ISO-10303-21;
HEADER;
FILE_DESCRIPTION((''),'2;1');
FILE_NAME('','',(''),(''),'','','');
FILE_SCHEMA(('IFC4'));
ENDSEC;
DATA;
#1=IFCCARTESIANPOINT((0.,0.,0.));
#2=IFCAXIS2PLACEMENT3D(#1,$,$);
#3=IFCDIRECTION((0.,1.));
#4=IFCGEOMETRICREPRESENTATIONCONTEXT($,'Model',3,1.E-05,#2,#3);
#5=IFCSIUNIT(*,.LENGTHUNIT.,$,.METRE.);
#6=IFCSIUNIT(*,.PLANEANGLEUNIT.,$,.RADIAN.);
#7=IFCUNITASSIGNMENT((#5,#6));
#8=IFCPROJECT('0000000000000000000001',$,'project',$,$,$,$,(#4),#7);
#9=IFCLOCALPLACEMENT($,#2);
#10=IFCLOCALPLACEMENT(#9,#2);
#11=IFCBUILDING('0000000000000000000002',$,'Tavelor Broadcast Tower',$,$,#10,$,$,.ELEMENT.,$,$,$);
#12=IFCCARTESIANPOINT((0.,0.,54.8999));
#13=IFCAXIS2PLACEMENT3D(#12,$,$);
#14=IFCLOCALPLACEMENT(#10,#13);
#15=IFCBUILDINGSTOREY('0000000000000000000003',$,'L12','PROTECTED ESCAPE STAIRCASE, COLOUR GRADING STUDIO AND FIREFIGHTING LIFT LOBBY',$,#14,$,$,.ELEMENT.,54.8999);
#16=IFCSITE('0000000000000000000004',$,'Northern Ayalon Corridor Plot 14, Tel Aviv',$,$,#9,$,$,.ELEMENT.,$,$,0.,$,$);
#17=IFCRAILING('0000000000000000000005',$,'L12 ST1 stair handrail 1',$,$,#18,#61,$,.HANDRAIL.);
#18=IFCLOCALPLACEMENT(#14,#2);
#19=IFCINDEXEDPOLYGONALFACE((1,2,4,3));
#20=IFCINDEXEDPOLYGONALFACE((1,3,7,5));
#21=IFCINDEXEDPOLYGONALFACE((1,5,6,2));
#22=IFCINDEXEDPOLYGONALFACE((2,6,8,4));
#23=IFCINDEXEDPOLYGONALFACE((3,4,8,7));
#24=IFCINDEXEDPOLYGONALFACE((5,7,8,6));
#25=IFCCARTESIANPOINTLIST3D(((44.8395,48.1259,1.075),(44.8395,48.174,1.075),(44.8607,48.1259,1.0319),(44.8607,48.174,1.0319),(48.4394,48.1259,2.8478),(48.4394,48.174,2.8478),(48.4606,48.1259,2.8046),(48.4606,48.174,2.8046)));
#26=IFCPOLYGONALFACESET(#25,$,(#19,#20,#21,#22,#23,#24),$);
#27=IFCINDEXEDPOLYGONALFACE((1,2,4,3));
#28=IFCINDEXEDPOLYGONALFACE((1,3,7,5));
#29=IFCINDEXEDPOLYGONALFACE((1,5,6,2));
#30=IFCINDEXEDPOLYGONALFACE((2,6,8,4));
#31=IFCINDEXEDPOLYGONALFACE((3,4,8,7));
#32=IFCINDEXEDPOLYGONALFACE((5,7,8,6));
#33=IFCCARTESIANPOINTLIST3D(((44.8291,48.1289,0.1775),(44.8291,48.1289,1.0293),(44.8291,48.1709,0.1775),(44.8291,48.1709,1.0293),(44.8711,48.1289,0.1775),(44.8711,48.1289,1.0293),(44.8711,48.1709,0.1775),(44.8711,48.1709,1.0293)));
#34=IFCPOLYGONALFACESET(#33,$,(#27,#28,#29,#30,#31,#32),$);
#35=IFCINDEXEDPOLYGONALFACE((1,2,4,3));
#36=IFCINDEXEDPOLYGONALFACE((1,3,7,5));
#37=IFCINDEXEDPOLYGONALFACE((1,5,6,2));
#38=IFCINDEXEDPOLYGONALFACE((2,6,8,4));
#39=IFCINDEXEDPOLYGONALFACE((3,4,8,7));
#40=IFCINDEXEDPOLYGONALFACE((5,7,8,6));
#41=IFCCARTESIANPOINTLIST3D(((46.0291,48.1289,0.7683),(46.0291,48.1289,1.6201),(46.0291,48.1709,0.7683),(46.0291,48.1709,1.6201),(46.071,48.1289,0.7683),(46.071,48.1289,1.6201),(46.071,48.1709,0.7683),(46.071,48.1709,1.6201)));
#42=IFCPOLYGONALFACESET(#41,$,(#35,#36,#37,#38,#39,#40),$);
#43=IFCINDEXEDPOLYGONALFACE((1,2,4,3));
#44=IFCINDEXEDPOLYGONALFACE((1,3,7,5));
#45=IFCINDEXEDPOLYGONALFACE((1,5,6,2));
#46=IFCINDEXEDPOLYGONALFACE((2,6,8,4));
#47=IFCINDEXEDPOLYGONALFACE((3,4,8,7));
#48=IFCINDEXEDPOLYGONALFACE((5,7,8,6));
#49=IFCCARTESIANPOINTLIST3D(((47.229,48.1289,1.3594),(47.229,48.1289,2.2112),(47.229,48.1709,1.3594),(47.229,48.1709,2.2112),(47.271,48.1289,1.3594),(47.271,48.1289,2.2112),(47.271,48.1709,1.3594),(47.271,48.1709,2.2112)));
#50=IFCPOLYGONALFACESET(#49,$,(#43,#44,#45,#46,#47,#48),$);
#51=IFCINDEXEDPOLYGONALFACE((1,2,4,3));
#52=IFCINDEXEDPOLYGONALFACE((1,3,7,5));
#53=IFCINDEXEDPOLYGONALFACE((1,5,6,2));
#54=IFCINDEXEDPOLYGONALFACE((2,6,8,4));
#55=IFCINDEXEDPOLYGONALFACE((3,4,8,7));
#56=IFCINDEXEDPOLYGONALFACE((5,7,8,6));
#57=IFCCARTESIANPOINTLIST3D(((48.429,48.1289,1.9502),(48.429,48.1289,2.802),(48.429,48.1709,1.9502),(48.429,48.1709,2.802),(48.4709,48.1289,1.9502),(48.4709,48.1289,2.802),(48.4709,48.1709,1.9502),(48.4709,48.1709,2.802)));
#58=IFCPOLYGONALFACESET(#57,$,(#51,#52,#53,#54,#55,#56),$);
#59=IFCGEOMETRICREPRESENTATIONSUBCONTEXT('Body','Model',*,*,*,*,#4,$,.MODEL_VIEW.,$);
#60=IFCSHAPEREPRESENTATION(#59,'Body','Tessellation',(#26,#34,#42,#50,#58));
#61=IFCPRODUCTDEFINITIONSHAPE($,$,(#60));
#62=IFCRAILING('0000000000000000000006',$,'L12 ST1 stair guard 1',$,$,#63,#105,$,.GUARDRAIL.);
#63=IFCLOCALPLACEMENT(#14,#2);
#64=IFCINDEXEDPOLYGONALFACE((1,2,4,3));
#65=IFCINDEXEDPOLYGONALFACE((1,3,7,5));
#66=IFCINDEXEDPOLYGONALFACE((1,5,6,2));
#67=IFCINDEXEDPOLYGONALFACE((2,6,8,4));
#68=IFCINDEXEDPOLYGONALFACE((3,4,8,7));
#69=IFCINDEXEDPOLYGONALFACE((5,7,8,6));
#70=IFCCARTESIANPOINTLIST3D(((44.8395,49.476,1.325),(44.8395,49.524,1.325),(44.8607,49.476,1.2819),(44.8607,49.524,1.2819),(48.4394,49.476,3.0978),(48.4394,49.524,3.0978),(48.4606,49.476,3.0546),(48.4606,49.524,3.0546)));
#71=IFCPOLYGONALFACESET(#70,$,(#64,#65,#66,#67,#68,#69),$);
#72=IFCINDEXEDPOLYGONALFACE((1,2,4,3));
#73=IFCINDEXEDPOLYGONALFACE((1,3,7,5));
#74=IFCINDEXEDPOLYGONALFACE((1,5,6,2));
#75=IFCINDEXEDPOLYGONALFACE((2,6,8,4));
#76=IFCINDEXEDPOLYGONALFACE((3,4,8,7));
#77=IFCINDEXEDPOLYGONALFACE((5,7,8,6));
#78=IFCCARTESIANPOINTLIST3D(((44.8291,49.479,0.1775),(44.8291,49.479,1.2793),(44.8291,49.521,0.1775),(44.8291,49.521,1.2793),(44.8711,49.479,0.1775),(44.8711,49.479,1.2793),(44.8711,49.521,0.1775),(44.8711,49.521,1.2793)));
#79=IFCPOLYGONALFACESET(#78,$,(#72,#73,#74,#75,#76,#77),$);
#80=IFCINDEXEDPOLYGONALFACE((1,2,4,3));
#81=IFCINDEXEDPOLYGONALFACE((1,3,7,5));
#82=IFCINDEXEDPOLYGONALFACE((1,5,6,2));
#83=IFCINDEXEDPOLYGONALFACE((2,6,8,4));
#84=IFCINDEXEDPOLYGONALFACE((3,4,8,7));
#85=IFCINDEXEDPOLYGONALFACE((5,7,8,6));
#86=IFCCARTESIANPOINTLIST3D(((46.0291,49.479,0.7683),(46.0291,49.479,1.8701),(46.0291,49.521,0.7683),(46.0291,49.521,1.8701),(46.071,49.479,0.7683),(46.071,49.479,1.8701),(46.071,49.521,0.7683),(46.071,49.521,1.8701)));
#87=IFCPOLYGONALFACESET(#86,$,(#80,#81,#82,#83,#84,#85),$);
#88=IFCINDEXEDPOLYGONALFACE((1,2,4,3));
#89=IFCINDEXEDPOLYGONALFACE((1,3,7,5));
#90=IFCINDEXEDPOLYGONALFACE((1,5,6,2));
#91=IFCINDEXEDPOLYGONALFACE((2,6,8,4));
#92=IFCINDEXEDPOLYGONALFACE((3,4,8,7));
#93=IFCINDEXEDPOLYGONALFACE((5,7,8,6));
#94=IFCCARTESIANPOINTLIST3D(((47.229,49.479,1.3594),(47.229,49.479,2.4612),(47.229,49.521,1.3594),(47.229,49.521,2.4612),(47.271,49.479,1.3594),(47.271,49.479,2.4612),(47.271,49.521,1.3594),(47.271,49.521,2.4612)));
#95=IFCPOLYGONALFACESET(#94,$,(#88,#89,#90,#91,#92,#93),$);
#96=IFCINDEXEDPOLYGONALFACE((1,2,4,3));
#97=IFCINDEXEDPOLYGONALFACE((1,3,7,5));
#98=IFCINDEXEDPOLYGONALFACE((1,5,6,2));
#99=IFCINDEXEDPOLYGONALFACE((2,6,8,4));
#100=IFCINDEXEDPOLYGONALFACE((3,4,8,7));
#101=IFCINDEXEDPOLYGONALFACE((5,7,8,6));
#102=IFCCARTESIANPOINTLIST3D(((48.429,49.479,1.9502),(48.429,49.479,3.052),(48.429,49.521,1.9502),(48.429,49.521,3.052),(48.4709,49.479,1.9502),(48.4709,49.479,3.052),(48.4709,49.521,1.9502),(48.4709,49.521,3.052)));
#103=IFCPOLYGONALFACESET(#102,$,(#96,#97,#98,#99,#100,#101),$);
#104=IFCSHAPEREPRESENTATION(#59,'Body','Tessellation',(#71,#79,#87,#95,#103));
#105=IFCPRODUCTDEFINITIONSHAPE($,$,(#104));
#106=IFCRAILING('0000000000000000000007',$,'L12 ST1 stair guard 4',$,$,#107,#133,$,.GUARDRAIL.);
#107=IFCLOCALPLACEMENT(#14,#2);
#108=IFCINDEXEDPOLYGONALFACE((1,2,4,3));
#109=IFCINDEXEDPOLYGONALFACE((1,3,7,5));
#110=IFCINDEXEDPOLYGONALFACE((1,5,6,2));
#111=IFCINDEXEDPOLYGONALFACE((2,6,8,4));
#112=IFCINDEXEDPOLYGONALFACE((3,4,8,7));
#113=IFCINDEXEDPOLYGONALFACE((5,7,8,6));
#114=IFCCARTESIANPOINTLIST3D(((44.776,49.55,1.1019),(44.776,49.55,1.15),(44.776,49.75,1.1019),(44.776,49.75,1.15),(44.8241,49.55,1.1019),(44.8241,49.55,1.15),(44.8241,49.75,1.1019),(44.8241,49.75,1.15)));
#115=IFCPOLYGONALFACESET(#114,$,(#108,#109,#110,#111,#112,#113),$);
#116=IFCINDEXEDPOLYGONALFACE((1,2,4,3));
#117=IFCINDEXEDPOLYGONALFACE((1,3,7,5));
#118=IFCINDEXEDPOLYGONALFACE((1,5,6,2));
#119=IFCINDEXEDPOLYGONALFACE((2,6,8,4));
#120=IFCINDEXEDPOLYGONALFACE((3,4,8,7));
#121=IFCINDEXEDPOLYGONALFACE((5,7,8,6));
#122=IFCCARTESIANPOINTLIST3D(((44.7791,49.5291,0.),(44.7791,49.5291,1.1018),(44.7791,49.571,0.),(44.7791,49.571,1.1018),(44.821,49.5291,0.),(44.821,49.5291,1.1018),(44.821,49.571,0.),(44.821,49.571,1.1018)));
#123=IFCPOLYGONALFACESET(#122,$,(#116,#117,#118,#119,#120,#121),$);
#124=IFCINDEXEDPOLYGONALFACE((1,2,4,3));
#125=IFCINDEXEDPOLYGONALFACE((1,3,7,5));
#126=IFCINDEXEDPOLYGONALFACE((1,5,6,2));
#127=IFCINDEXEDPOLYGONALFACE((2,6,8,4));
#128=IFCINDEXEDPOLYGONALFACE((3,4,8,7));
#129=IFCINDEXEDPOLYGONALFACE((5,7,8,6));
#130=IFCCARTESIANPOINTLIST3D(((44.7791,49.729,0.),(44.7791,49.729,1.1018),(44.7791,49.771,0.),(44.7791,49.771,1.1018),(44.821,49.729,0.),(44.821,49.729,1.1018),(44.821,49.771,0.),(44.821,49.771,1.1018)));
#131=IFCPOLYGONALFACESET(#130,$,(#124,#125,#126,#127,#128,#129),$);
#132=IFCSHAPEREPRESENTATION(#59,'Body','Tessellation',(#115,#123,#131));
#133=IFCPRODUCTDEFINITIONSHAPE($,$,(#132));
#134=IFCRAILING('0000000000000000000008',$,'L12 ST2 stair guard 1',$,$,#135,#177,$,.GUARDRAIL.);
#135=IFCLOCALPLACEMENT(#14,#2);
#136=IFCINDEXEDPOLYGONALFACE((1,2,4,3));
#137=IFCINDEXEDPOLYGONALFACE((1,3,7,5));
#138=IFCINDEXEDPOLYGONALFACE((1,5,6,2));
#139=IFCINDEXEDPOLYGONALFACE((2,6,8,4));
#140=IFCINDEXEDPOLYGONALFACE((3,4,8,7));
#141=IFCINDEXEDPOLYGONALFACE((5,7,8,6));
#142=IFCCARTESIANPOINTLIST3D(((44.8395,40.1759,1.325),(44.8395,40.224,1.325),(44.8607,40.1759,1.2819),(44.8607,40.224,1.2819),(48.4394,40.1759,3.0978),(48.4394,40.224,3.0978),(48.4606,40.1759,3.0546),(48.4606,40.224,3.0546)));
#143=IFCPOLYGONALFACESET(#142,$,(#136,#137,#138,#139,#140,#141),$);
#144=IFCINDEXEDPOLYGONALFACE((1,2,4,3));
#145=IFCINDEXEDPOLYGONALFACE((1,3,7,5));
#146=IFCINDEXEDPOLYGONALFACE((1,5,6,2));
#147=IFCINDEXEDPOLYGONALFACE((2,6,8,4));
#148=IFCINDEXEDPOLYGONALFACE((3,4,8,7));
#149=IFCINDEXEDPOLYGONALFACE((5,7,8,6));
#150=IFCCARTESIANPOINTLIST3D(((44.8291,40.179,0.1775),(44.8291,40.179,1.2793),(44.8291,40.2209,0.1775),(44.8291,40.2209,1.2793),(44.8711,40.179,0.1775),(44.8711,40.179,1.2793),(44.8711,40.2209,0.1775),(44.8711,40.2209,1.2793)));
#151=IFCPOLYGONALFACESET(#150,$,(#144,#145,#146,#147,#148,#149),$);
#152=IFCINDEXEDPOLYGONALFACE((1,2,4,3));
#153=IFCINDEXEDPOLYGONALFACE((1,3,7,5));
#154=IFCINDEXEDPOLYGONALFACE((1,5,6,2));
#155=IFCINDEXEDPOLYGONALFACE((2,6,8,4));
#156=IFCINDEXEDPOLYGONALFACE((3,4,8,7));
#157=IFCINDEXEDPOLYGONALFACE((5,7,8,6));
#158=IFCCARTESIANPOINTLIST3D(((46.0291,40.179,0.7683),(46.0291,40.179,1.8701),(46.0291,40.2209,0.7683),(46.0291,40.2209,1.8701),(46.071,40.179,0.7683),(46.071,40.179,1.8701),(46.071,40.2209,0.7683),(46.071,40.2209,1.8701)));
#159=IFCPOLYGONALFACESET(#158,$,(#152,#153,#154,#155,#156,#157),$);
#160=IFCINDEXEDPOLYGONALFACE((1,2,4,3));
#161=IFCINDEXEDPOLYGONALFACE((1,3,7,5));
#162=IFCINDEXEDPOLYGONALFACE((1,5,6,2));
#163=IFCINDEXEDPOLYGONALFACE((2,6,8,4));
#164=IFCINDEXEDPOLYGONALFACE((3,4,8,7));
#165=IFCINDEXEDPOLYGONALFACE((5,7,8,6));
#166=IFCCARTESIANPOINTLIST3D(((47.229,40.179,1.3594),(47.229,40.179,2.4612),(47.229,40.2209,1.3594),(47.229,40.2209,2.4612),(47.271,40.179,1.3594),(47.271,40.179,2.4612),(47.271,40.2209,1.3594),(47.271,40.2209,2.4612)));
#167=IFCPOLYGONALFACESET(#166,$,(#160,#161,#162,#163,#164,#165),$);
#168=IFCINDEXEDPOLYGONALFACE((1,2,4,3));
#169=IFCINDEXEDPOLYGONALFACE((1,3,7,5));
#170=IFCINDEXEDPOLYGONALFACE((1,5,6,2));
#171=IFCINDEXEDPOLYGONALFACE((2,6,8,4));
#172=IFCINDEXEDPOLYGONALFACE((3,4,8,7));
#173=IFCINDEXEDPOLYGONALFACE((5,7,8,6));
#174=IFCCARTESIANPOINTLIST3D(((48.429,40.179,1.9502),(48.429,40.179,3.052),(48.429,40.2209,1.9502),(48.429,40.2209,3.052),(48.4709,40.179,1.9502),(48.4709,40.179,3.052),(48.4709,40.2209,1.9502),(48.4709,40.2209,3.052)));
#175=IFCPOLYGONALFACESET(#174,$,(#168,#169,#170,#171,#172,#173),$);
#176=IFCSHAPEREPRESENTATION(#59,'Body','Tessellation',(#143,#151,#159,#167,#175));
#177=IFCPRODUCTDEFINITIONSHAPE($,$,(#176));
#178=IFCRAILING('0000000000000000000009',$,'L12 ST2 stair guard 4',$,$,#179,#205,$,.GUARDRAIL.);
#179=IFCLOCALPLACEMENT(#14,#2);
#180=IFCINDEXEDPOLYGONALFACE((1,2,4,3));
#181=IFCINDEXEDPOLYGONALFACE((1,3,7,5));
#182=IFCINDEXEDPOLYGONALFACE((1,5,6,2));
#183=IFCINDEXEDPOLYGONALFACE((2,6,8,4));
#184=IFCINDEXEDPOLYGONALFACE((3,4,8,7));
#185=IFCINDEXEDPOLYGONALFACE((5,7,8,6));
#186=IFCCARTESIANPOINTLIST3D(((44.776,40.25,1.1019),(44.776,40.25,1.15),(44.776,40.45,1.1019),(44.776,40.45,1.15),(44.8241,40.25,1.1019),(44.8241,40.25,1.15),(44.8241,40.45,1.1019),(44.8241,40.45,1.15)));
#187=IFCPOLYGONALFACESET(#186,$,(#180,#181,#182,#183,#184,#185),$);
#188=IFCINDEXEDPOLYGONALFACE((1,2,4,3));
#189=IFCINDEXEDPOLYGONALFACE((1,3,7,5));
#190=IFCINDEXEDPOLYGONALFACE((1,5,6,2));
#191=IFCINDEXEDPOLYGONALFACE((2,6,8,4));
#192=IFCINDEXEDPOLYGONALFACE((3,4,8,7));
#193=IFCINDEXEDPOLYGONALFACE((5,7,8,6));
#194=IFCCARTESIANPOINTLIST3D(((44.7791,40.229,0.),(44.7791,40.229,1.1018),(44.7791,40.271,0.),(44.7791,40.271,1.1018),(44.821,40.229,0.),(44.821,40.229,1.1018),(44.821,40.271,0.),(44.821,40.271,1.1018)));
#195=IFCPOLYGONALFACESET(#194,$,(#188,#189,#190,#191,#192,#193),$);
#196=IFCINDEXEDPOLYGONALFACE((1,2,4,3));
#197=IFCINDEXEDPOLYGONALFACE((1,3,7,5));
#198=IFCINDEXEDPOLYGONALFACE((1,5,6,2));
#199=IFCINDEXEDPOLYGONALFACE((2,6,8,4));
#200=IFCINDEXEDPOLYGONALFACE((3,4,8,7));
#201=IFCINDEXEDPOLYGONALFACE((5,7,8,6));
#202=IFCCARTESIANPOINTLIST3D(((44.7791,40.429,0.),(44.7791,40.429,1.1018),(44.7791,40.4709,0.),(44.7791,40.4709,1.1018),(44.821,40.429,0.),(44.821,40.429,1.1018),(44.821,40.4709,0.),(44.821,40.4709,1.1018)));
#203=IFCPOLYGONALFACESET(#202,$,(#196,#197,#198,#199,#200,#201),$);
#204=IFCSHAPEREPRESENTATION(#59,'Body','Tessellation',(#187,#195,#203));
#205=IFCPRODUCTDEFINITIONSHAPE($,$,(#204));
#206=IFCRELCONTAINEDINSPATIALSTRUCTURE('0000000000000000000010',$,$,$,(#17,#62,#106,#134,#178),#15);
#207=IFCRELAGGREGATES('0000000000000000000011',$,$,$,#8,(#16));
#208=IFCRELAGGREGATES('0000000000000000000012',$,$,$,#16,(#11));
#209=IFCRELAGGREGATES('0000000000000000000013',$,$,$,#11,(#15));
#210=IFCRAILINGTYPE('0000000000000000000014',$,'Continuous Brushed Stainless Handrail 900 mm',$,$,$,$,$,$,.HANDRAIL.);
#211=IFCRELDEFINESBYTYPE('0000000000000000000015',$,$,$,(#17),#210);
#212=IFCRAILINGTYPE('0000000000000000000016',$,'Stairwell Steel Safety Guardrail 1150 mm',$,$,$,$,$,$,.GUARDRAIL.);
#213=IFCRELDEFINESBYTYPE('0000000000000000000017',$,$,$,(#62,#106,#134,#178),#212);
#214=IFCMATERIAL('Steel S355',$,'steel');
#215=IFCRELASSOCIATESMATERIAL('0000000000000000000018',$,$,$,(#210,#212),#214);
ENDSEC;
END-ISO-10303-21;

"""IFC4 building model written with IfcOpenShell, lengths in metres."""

from ifc_helpers import new_model, si_unit, direction, frame, origin, origin_2d, place, context, subcontext, project, spatial, rectangle, extrude, material, type_object, element, save


model = new_model("IFC4")

# Units and contexts
model_context = context("Model", 3, precision=1e-05, world=origin(), true_north=direction((0.0, 1.0)))
body_context = subcontext(model_context, "Body", "Model", "MODEL_VIEW")
ifc_project = project(units=[si_unit("LENGTHUNIT", "METRE"), si_unit("PLANEANGLEUNIT", "RADIAN")], contexts=[model_context])

# Site, building, storey
site_placement = place(None, origin())
site = spatial("IfcSite", under=ifc_project, at=site_placement, Name="Northern Ayalon Corridor Plot 14, Tel Aviv", CompositionType="ELEMENT", RefElevation=0.0)
building_placement = place(site_placement, origin())
building = spatial("IfcBuilding", under=site, at=building_placement, Name="Tavelor Broadcast Tower", CompositionType="ELEMENT")
storey_placement = place(building_placement, frame((0.0, 0.0, 54.8999)))
storey = spatial("IfcBuildingStorey", under=building, at=storey_placement, Name="L12", Description="PROTECTED ESCAPE STAIRCASE, COLOUR GRADING STUDIO AND FIREFIGHTING LIFT LOBBY", CompositionType="ELEMENT", Elevation=54.8999)

# Shared definitions
ifc_material_1 = material(Name="Steel S355", Category="steel")

# Railings
railing_type_1 = type_object("IfcRailingType", Name="Continuous Brushed Stainless Handrail 900 mm", PredefinedType="HANDRAIL", material=ifc_material_1)
railing_1_placement = place(storey_placement, frame((44.8501, 48.1499, 0.1775)))
element("IfcRailing", 1, at=railing_1_placement, inside=storey, type_object=railing_type_1, Name="L12 ST1 stair handrail 1", PredefinedType="HANDRAIL", context=body_context, shape_type="SweptSolid", body=[
    extrude(rectangle(XDim=0.0481, YDim=0.0481, at=origin_2d()), frame((0.0, 0.0, 0.876), z_axis=(0.897124, 0.0, 0.441778), x_axis=(0.0, 1.0, 0.0)), (0.0, 0.0, 1.0), 4.0127),
    extrude(rectangle(XDim=0.042, YDim=0.042, at=origin_2d()), origin(), (0.0, 0.0, 1.0), 0.8518),
    extrude(rectangle(XDim=0.042, YDim=0.042, at=origin_2d()), frame((1.2, 0.0, 0.5908)), (0.0, 0.0, 1.0), 0.8518),
    extrude(rectangle(XDim=0.042, YDim=0.042, at=origin_2d()), frame((2.3999, 0.0, 1.1819)), (0.0, 0.0, 1.0), 0.8518),
    extrude(rectangle(XDim=0.042, YDim=0.042, at=origin_2d()), frame((3.5999, 0.0, 1.7727)), (0.0, 0.0, 1.0), 0.8518),
])
railing_type_2 = type_object("IfcRailingType", Name="Stairwell Steel Safety Guardrail 1150 mm", PredefinedType="GUARDRAIL", material=ifc_material_1)
railing_2_placement = place(storey_placement, frame((44.8501, 49.5, 0.1775)))
element("IfcRailing", 2, at=railing_2_placement, inside=storey, type_object=railing_type_2, Name="L12 ST1 stair guard 1", PredefinedType="GUARDRAIL", context=body_context, shape_type="SweptSolid", body=[
    extrude(rectangle(XDim=0.0481, YDim=0.0481, at=origin_2d()), frame((0.0, 0.0, 1.126), z_axis=(0.897124, 0.0, 0.441778), x_axis=(0.0, 1.0, 0.0)), (0.0, 0.0, 1.0), 4.0127),
    extrude(rectangle(XDim=0.042, YDim=0.042, at=origin_2d()), origin(), (0.0, 0.0, 1.0), 1.1018),
    extrude(rectangle(XDim=0.042, YDim=0.042, at=origin_2d()), frame((1.2, 0.0, 0.5908)), (0.0, 0.0, 1.0), 1.1018),
    extrude(rectangle(XDim=0.042, YDim=0.042, at=origin_2d()), frame((2.3999, 0.0, 1.1819)), (0.0, 0.0, 1.0), 1.1018),
    extrude(rectangle(XDim=0.042, YDim=0.042, at=origin_2d()), frame((3.5999, 0.0, 1.7727)), (0.0, 0.0, 1.0), 1.1018),
])
railing_3_placement = place(storey_placement, frame((44.8, 49.55, 0.0)))
element("IfcRailing", 3, at=railing_3_placement, inside=storey, type_object=railing_type_2, Name="L12 ST1 stair guard 4", PredefinedType="GUARDRAIL", context=body_context, shape_type="SweptSolid", body=[
    extrude(rectangle(XDim=0.0481, YDim=0.0481, at=origin_2d()), frame((0.0, 0.0, 1.126), z_axis=(0.0, 1.0, 0.0), x_axis=(-1.0, 0.0, 0.0)), (0.0, 0.0, 1.0), 0.2),
    extrude(rectangle(XDim=0.042, YDim=0.042, at=origin_2d()), origin(), (0.0, 0.0, 1.0), 1.1018),
    extrude(rectangle(XDim=0.042, YDim=0.042, at=origin_2d()), frame((0.0, 0.2, 0.0)), (0.0, 0.0, 1.0), 1.1018),
])
railing_4_placement = place(storey_placement, frame((44.8501, 40.2, 0.1775)))
element("IfcRailing", 4, at=railing_4_placement, inside=storey, type_object=railing_type_2, Name="L12 ST2 stair guard 1", PredefinedType="GUARDRAIL", context=body_context, shape_type="SweptSolid", body=[
    extrude(rectangle(XDim=0.0481, YDim=0.0481, at=origin_2d()), frame((0.0, 0.0, 1.126), z_axis=(0.897124, 0.0, 0.441778), x_axis=(0.0, 1.0, 0.0)), (0.0, 0.0, 1.0), 4.0127),
    extrude(rectangle(XDim=0.042, YDim=0.042, at=origin_2d()), origin(), (0.0, 0.0, 1.0), 1.1018),
    extrude(rectangle(XDim=0.042, YDim=0.042, at=origin_2d()), frame((1.2, 0.0, 0.5908)), (0.0, 0.0, 1.0), 1.1018),
    extrude(rectangle(XDim=0.042, YDim=0.042, at=origin_2d()), frame((2.3999, 0.0, 1.1819)), (0.0, 0.0, 1.0), 1.1018),
    extrude(rectangle(XDim=0.042, YDim=0.042, at=origin_2d()), frame((3.5999, 0.0, 1.7727)), (0.0, 0.0, 1.0), 1.1018),
])
railing_5_placement = place(storey_placement, frame((44.8, 40.25, 0.0)))
element("IfcRailing", 5, at=railing_5_placement, inside=storey, type_object=railing_type_2, Name="L12 ST2 stair guard 4", PredefinedType="GUARDRAIL", context=body_context, shape_type="SweptSolid", body=[
    extrude(rectangle(XDim=0.0481, YDim=0.0481, at=origin_2d()), frame((0.0, 0.0, 1.126), z_axis=(0.0, 1.0, 0.0), x_axis=(-1.0, 0.0, 0.0)), (0.0, 0.0, 1.0), 0.2),
    extrude(rectangle(XDim=0.042, YDim=0.042, at=origin_2d()), origin(), (0.0, 0.0, 1.0), 1.1018),
    extrude(rectangle(XDim=0.042, YDim=0.042, at=origin_2d()), frame((0.0, 0.2, 0.0)), (0.0, 0.0, 1.0), 1.1018),
])

save(model, "model.ifc")
